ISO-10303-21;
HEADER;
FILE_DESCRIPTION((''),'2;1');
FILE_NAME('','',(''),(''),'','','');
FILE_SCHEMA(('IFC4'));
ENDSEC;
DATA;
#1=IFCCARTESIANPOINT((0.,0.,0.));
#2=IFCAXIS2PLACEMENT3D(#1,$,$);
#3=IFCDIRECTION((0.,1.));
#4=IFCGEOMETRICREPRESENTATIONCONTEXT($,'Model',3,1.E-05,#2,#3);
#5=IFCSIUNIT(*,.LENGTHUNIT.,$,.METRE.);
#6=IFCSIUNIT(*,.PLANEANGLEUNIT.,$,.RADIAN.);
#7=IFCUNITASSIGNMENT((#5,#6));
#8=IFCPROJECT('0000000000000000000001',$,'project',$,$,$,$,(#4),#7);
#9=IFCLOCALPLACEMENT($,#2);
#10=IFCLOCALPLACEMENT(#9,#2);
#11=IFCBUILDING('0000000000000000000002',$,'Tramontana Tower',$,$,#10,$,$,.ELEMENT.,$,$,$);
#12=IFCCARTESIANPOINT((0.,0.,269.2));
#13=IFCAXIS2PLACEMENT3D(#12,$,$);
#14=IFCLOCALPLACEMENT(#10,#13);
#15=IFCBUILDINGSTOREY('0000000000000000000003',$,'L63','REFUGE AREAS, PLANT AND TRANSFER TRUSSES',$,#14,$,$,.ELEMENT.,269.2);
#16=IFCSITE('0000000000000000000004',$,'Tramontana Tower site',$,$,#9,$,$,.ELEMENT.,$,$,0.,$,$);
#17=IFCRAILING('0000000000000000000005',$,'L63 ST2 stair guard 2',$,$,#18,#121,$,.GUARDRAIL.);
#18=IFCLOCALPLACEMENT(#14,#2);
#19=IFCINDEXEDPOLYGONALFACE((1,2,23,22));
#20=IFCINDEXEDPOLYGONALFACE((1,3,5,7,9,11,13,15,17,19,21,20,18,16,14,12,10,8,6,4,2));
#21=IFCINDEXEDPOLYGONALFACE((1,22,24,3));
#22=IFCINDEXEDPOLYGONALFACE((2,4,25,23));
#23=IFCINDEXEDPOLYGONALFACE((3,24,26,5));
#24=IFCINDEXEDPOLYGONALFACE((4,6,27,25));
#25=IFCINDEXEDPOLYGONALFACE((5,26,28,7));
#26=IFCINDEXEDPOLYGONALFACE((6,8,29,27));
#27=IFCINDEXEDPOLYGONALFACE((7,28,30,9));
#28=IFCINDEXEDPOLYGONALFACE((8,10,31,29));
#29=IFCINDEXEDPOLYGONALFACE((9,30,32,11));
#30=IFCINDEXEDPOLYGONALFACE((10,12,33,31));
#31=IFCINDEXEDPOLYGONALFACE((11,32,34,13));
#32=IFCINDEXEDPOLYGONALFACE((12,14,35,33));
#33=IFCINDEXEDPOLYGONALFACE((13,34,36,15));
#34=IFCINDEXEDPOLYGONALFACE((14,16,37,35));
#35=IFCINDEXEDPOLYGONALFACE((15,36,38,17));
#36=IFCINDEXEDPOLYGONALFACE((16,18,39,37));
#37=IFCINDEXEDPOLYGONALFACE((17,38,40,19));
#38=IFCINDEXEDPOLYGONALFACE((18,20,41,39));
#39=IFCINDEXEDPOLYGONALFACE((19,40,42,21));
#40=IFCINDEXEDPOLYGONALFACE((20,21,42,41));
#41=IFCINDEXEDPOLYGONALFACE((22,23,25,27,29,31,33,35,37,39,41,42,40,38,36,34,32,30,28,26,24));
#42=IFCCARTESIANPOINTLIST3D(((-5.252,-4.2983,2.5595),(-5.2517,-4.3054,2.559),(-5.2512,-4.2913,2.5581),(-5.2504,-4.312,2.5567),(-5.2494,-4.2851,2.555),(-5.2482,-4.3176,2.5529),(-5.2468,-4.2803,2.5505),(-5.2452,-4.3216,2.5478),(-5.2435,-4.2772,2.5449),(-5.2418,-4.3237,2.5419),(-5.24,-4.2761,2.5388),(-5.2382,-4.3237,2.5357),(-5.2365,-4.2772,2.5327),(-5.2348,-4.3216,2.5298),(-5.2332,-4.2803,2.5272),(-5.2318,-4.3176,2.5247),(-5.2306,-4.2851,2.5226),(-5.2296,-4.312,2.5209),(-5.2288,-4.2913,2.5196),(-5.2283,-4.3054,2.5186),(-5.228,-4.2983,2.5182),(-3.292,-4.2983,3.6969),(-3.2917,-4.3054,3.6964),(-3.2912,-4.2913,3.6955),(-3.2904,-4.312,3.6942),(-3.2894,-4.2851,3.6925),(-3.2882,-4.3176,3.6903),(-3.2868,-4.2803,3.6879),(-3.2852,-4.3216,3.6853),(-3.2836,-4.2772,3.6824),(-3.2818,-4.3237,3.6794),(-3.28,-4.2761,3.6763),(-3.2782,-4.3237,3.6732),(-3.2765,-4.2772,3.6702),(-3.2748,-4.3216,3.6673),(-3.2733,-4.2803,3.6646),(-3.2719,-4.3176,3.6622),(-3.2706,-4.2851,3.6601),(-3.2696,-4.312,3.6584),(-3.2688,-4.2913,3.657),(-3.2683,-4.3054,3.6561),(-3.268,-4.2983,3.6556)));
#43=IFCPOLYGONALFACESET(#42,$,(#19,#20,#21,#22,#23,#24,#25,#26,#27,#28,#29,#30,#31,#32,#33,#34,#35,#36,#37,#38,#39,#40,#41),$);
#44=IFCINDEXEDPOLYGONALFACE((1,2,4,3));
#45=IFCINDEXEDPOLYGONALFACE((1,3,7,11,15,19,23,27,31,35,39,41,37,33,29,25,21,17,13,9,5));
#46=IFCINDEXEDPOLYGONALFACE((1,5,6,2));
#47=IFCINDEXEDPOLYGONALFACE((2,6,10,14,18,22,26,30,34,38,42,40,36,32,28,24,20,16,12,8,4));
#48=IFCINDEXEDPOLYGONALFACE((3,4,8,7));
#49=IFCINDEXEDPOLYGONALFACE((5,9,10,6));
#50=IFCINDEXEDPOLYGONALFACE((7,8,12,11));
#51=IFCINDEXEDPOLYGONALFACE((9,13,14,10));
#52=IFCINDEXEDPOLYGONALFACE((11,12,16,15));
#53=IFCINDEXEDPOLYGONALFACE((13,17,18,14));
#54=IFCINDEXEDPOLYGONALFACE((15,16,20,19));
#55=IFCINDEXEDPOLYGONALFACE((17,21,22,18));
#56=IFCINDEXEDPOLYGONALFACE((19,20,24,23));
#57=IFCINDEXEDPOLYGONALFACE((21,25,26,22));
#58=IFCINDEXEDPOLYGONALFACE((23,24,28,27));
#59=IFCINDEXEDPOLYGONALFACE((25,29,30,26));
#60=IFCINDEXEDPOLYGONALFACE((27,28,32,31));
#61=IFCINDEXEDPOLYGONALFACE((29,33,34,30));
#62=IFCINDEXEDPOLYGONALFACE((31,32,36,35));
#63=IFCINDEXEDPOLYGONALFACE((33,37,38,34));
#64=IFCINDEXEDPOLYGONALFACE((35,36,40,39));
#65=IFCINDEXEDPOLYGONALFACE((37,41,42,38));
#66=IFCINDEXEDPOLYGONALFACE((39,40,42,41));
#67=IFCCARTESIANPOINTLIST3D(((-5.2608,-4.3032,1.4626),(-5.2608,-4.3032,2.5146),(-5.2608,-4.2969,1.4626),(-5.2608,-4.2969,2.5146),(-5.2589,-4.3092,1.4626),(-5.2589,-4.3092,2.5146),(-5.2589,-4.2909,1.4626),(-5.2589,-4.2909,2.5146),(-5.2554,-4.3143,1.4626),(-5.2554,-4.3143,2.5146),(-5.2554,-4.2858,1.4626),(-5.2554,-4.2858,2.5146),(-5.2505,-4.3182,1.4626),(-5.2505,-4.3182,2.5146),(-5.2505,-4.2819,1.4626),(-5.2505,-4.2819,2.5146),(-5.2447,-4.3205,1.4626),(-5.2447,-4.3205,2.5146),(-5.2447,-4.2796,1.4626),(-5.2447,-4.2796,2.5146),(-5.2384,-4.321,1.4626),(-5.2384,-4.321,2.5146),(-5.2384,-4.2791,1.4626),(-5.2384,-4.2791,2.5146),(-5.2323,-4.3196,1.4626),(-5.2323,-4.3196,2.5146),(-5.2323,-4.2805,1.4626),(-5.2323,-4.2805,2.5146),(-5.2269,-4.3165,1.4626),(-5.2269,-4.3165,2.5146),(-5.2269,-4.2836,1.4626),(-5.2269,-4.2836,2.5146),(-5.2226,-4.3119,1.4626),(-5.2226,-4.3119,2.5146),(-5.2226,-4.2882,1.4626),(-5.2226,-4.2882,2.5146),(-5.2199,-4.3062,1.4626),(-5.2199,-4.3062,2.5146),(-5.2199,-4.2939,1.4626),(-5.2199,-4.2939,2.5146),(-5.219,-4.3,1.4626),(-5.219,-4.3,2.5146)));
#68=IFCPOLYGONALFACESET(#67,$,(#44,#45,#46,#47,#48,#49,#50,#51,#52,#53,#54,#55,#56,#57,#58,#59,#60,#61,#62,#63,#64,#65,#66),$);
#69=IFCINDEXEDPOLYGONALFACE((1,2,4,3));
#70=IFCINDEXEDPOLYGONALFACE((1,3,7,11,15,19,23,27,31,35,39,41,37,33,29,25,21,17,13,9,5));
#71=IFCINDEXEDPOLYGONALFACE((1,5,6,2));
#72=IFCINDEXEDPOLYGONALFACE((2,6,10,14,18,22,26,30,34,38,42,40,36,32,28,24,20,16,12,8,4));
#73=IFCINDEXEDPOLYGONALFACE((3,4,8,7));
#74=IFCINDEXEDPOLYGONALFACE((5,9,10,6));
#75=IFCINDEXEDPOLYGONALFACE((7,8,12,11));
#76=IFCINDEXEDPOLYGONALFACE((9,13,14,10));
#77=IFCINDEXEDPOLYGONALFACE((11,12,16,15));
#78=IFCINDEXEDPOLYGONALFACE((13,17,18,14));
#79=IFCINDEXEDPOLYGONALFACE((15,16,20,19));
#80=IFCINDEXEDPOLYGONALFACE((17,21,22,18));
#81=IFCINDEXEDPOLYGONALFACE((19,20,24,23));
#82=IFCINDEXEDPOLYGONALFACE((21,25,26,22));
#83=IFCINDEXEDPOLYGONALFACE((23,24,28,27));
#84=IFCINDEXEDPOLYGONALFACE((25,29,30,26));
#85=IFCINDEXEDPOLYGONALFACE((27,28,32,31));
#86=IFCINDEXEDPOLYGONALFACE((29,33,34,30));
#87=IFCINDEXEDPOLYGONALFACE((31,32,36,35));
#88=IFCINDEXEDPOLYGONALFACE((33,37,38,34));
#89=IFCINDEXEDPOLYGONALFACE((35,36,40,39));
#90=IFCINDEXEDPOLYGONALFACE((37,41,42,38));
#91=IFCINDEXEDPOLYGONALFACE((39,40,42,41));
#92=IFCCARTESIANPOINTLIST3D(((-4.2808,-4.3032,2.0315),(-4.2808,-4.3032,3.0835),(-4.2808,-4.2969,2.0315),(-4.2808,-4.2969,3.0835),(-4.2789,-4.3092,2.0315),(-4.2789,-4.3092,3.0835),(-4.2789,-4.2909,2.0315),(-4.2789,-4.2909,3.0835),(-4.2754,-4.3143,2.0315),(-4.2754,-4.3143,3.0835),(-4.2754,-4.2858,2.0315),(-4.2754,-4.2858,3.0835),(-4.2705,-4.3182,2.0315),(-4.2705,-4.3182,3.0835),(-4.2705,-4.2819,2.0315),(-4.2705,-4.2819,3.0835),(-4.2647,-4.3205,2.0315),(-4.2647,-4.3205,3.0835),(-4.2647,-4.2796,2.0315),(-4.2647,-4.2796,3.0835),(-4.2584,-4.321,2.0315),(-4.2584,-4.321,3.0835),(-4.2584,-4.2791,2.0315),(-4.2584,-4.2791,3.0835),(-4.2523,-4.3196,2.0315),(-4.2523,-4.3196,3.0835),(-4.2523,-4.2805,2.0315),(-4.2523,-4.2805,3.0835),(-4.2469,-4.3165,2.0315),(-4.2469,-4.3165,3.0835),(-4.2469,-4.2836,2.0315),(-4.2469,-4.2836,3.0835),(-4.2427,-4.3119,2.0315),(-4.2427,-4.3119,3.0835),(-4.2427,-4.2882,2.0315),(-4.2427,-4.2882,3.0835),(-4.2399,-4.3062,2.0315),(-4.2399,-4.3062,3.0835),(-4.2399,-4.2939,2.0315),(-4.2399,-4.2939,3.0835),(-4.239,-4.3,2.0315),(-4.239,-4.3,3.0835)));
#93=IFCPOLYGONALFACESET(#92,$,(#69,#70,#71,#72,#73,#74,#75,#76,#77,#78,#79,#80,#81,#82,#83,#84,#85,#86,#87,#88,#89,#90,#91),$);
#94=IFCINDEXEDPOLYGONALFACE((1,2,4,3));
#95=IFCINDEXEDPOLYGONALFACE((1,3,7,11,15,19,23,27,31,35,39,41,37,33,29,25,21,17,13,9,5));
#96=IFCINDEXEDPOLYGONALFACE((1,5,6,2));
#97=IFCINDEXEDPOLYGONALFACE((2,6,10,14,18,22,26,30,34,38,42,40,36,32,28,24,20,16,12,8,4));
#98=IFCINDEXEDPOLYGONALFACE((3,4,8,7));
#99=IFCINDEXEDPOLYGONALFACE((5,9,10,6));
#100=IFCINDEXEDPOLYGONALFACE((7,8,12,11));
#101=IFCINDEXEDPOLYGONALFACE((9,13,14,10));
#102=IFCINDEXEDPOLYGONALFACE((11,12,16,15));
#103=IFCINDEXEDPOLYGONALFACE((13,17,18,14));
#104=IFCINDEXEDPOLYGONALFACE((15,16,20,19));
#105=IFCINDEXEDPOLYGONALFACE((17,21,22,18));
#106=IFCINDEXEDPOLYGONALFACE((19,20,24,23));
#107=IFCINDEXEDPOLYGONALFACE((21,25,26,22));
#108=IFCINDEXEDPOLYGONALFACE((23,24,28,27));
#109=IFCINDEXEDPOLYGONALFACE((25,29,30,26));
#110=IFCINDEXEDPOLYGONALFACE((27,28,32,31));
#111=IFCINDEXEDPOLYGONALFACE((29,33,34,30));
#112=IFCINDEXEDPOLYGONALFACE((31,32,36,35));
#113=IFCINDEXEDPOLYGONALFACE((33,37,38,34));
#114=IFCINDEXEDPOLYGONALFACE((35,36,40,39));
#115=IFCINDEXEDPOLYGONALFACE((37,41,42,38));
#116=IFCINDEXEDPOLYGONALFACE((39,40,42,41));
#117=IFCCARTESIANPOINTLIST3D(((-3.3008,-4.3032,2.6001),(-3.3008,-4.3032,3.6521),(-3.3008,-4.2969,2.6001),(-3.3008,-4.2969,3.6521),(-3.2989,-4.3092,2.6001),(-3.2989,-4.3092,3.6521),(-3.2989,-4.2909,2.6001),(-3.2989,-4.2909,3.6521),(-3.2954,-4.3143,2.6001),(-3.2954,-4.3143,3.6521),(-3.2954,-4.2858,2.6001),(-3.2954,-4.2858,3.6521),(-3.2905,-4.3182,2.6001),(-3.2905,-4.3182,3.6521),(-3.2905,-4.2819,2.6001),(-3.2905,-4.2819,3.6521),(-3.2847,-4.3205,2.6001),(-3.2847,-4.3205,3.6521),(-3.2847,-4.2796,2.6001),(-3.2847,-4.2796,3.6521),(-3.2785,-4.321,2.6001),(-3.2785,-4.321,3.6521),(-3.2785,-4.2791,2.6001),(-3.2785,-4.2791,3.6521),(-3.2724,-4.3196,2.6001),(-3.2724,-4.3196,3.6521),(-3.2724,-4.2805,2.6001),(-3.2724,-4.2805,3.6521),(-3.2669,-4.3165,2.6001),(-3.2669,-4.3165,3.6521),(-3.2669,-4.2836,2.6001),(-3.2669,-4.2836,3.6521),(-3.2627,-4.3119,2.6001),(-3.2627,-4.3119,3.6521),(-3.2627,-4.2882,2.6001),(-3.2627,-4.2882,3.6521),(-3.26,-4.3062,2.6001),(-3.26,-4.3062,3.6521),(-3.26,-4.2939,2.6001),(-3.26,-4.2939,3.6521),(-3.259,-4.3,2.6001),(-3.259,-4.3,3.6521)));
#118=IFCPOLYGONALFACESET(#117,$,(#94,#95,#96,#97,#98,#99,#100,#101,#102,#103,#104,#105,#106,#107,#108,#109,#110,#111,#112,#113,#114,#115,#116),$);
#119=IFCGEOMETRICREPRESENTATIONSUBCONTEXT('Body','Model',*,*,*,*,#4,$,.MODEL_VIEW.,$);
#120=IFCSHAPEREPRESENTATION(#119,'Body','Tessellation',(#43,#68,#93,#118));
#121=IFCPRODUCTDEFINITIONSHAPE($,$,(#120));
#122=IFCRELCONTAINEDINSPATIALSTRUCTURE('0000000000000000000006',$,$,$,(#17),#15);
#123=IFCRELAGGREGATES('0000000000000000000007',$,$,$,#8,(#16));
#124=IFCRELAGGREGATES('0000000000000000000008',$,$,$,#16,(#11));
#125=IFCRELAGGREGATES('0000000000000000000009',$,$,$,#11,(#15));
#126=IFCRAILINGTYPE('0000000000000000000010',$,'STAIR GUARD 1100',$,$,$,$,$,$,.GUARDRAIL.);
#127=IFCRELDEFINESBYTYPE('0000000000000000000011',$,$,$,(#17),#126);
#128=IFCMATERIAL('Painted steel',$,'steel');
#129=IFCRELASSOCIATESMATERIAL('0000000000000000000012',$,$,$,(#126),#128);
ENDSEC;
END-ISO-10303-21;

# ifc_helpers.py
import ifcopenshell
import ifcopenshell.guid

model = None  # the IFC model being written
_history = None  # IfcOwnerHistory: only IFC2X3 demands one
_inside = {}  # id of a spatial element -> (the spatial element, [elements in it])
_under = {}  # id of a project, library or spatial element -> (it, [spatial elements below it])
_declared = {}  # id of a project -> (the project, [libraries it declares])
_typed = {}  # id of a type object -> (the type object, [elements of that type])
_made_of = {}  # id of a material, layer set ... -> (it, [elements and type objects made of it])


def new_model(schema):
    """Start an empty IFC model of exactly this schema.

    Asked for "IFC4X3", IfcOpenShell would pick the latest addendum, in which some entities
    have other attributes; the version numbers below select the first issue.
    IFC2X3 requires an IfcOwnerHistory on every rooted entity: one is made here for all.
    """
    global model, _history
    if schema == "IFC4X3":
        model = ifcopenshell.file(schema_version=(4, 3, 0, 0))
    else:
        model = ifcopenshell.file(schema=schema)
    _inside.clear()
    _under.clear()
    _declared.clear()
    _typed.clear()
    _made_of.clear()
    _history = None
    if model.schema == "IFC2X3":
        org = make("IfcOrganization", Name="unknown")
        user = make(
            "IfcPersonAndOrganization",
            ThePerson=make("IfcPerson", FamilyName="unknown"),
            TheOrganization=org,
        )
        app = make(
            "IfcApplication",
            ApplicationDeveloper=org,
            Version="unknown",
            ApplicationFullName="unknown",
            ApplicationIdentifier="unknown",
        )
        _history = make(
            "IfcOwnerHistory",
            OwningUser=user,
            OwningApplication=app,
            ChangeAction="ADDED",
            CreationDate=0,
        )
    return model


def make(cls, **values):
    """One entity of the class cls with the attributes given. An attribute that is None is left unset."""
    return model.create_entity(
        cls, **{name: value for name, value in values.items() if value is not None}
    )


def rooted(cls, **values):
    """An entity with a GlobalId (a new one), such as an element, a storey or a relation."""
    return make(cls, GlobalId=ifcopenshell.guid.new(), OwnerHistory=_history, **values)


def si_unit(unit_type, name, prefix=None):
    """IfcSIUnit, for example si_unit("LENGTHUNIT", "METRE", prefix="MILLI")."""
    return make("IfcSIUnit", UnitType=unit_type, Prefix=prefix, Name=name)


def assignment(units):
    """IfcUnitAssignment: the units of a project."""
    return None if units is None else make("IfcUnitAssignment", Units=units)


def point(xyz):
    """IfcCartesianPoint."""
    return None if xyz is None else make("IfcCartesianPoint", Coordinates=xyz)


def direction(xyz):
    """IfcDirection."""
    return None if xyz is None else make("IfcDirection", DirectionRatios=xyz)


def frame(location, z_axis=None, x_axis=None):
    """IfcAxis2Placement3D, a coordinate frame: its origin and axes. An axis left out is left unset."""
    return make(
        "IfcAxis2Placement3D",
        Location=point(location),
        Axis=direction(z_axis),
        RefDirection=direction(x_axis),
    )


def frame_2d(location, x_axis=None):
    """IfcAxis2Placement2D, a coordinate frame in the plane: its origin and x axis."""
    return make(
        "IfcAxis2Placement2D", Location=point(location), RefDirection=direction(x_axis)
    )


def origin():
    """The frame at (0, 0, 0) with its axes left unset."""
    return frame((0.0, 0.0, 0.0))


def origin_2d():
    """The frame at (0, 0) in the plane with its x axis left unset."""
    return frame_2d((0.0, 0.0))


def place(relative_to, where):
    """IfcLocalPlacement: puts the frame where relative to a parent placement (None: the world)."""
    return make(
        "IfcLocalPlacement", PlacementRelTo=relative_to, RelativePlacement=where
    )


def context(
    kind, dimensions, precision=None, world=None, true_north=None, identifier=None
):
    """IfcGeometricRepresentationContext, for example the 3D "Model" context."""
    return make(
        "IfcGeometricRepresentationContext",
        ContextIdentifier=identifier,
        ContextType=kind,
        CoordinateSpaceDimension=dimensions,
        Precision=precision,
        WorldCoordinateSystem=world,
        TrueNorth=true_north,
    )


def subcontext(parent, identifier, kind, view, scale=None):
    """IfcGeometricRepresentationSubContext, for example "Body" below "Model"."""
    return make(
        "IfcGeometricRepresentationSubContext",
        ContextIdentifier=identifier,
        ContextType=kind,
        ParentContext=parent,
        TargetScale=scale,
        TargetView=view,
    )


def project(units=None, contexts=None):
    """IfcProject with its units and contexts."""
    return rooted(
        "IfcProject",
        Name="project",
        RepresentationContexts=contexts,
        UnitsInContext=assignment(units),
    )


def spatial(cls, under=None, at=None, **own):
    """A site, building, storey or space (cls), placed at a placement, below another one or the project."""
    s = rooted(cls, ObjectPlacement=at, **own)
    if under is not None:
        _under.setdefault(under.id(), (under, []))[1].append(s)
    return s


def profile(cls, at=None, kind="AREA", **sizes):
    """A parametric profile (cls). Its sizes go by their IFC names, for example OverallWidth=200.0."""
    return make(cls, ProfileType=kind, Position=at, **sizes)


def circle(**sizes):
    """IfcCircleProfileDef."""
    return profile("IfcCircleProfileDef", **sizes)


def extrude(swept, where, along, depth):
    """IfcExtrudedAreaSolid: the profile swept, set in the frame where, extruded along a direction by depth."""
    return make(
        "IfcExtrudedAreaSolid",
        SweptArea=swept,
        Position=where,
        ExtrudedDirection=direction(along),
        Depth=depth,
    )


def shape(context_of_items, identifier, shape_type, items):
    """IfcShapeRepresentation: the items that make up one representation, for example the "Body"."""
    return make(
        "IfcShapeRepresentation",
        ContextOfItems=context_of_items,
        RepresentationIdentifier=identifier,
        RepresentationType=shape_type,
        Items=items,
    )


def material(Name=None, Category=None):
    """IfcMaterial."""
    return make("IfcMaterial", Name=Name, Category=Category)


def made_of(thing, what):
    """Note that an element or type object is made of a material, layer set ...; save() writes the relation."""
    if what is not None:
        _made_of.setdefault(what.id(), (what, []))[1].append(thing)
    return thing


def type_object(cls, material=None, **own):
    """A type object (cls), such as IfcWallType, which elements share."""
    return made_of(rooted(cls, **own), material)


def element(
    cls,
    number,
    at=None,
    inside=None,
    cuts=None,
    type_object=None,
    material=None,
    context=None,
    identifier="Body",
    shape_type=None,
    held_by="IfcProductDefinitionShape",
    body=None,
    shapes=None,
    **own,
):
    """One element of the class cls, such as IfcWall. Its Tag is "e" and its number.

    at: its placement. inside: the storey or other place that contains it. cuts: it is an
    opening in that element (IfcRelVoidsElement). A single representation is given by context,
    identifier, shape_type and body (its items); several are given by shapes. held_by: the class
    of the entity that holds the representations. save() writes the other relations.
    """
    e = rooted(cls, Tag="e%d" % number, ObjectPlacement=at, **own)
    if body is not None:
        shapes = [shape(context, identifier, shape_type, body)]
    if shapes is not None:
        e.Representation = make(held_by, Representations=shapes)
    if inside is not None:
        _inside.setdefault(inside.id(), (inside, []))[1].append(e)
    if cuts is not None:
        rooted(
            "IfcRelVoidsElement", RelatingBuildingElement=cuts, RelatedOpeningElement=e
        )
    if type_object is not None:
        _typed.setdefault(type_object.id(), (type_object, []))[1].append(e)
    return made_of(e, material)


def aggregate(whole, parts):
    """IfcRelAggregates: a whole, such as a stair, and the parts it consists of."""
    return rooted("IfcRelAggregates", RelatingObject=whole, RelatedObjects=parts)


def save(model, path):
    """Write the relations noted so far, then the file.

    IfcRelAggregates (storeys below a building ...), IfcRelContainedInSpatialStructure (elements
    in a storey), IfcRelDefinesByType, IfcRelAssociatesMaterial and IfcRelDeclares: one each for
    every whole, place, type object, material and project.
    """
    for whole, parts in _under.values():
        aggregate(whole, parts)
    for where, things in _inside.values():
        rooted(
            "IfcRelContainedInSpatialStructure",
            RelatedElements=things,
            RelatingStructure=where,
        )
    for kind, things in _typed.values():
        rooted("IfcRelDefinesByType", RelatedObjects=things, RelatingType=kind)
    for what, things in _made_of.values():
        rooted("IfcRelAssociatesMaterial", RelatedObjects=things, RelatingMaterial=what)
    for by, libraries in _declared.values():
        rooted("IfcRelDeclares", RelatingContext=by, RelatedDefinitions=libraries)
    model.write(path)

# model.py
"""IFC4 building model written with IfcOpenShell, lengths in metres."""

from ifc_helpers import new_model, si_unit, direction, frame, origin, origin_2d, place, context, subcontext, project, spatial, circle, extrude, material, type_object, element, save


model = new_model("IFC4")

# Units and contexts
model_context = context("Model", 3, precision=1e-05, world=origin(), true_north=direction((0.0, 1.0)))
body_context = subcontext(model_context, "Body", "Model", "MODEL_VIEW")
ifc_project = project(units=[si_unit("LENGTHUNIT", "METRE"), si_unit("PLANEANGLEUNIT", "RADIAN")], contexts=[model_context])

# Site, building, storey
site_placement = place(None, origin())
site = spatial("IfcSite", under=ifc_project, at=site_placement, Name="Tramontana Tower site", CompositionType="ELEMENT", RefElevation=0.0)
building_placement = place(site_placement, origin())
building = spatial("IfcBuilding", under=site, at=building_placement, Name="Tramontana Tower", CompositionType="ELEMENT")
storey_placement = place(building_placement, frame((0.0, 0.0, 269.2)))
storey = spatial("IfcBuildingStorey", under=building, at=storey_placement, Name="L63", Description="REFUGE AREAS, PLANT AND TRANSFER TRUSSES", CompositionType="ELEMENT", Elevation=269.2)

# Railing
ifc_material_1 = material(Name="Painted steel", Category="steel")
railing_type_1 = type_object("IfcRailingType", Name="STAIR GUARD 1100", PredefinedType="GUARDRAIL", material=ifc_material_1)
railing_1_placement = place(storey_placement, frame((-5.24, -4.3, 1.4626)))
element("IfcRailing", 1, at=railing_1_placement, inside=storey, type_object=railing_type_1, Name="L63 ST2 stair guard 2", PredefinedType="GUARDRAIL", context=body_context, shape_type="SweptSolid", body=[
    extrude(circle(Radius=0.0239, at=origin_2d()), frame((0.0, 0.0, 1.0762), z_axis=(0.864902, 0.0, 0.501941), x_axis=(0.0, 1.0, 0.0)), (0.0, 0.0, 1.0), 2.2661),
    extrude(circle(Radius=0.021, at=origin_2d()), origin(), (0.0, 0.0, 1.0), 1.052),
    extrude(circle(Radius=0.021, at=origin_2d()), frame((0.98, 0.0, 0.5688)), (0.0, 0.0, 1.0), 1.052),
    extrude(circle(Radius=0.021, at=origin_2d()), frame((1.96, 0.0, 1.1375)), (0.0, 0.0, 1.0), 1.052),
])

save(model, "model.ifc")
